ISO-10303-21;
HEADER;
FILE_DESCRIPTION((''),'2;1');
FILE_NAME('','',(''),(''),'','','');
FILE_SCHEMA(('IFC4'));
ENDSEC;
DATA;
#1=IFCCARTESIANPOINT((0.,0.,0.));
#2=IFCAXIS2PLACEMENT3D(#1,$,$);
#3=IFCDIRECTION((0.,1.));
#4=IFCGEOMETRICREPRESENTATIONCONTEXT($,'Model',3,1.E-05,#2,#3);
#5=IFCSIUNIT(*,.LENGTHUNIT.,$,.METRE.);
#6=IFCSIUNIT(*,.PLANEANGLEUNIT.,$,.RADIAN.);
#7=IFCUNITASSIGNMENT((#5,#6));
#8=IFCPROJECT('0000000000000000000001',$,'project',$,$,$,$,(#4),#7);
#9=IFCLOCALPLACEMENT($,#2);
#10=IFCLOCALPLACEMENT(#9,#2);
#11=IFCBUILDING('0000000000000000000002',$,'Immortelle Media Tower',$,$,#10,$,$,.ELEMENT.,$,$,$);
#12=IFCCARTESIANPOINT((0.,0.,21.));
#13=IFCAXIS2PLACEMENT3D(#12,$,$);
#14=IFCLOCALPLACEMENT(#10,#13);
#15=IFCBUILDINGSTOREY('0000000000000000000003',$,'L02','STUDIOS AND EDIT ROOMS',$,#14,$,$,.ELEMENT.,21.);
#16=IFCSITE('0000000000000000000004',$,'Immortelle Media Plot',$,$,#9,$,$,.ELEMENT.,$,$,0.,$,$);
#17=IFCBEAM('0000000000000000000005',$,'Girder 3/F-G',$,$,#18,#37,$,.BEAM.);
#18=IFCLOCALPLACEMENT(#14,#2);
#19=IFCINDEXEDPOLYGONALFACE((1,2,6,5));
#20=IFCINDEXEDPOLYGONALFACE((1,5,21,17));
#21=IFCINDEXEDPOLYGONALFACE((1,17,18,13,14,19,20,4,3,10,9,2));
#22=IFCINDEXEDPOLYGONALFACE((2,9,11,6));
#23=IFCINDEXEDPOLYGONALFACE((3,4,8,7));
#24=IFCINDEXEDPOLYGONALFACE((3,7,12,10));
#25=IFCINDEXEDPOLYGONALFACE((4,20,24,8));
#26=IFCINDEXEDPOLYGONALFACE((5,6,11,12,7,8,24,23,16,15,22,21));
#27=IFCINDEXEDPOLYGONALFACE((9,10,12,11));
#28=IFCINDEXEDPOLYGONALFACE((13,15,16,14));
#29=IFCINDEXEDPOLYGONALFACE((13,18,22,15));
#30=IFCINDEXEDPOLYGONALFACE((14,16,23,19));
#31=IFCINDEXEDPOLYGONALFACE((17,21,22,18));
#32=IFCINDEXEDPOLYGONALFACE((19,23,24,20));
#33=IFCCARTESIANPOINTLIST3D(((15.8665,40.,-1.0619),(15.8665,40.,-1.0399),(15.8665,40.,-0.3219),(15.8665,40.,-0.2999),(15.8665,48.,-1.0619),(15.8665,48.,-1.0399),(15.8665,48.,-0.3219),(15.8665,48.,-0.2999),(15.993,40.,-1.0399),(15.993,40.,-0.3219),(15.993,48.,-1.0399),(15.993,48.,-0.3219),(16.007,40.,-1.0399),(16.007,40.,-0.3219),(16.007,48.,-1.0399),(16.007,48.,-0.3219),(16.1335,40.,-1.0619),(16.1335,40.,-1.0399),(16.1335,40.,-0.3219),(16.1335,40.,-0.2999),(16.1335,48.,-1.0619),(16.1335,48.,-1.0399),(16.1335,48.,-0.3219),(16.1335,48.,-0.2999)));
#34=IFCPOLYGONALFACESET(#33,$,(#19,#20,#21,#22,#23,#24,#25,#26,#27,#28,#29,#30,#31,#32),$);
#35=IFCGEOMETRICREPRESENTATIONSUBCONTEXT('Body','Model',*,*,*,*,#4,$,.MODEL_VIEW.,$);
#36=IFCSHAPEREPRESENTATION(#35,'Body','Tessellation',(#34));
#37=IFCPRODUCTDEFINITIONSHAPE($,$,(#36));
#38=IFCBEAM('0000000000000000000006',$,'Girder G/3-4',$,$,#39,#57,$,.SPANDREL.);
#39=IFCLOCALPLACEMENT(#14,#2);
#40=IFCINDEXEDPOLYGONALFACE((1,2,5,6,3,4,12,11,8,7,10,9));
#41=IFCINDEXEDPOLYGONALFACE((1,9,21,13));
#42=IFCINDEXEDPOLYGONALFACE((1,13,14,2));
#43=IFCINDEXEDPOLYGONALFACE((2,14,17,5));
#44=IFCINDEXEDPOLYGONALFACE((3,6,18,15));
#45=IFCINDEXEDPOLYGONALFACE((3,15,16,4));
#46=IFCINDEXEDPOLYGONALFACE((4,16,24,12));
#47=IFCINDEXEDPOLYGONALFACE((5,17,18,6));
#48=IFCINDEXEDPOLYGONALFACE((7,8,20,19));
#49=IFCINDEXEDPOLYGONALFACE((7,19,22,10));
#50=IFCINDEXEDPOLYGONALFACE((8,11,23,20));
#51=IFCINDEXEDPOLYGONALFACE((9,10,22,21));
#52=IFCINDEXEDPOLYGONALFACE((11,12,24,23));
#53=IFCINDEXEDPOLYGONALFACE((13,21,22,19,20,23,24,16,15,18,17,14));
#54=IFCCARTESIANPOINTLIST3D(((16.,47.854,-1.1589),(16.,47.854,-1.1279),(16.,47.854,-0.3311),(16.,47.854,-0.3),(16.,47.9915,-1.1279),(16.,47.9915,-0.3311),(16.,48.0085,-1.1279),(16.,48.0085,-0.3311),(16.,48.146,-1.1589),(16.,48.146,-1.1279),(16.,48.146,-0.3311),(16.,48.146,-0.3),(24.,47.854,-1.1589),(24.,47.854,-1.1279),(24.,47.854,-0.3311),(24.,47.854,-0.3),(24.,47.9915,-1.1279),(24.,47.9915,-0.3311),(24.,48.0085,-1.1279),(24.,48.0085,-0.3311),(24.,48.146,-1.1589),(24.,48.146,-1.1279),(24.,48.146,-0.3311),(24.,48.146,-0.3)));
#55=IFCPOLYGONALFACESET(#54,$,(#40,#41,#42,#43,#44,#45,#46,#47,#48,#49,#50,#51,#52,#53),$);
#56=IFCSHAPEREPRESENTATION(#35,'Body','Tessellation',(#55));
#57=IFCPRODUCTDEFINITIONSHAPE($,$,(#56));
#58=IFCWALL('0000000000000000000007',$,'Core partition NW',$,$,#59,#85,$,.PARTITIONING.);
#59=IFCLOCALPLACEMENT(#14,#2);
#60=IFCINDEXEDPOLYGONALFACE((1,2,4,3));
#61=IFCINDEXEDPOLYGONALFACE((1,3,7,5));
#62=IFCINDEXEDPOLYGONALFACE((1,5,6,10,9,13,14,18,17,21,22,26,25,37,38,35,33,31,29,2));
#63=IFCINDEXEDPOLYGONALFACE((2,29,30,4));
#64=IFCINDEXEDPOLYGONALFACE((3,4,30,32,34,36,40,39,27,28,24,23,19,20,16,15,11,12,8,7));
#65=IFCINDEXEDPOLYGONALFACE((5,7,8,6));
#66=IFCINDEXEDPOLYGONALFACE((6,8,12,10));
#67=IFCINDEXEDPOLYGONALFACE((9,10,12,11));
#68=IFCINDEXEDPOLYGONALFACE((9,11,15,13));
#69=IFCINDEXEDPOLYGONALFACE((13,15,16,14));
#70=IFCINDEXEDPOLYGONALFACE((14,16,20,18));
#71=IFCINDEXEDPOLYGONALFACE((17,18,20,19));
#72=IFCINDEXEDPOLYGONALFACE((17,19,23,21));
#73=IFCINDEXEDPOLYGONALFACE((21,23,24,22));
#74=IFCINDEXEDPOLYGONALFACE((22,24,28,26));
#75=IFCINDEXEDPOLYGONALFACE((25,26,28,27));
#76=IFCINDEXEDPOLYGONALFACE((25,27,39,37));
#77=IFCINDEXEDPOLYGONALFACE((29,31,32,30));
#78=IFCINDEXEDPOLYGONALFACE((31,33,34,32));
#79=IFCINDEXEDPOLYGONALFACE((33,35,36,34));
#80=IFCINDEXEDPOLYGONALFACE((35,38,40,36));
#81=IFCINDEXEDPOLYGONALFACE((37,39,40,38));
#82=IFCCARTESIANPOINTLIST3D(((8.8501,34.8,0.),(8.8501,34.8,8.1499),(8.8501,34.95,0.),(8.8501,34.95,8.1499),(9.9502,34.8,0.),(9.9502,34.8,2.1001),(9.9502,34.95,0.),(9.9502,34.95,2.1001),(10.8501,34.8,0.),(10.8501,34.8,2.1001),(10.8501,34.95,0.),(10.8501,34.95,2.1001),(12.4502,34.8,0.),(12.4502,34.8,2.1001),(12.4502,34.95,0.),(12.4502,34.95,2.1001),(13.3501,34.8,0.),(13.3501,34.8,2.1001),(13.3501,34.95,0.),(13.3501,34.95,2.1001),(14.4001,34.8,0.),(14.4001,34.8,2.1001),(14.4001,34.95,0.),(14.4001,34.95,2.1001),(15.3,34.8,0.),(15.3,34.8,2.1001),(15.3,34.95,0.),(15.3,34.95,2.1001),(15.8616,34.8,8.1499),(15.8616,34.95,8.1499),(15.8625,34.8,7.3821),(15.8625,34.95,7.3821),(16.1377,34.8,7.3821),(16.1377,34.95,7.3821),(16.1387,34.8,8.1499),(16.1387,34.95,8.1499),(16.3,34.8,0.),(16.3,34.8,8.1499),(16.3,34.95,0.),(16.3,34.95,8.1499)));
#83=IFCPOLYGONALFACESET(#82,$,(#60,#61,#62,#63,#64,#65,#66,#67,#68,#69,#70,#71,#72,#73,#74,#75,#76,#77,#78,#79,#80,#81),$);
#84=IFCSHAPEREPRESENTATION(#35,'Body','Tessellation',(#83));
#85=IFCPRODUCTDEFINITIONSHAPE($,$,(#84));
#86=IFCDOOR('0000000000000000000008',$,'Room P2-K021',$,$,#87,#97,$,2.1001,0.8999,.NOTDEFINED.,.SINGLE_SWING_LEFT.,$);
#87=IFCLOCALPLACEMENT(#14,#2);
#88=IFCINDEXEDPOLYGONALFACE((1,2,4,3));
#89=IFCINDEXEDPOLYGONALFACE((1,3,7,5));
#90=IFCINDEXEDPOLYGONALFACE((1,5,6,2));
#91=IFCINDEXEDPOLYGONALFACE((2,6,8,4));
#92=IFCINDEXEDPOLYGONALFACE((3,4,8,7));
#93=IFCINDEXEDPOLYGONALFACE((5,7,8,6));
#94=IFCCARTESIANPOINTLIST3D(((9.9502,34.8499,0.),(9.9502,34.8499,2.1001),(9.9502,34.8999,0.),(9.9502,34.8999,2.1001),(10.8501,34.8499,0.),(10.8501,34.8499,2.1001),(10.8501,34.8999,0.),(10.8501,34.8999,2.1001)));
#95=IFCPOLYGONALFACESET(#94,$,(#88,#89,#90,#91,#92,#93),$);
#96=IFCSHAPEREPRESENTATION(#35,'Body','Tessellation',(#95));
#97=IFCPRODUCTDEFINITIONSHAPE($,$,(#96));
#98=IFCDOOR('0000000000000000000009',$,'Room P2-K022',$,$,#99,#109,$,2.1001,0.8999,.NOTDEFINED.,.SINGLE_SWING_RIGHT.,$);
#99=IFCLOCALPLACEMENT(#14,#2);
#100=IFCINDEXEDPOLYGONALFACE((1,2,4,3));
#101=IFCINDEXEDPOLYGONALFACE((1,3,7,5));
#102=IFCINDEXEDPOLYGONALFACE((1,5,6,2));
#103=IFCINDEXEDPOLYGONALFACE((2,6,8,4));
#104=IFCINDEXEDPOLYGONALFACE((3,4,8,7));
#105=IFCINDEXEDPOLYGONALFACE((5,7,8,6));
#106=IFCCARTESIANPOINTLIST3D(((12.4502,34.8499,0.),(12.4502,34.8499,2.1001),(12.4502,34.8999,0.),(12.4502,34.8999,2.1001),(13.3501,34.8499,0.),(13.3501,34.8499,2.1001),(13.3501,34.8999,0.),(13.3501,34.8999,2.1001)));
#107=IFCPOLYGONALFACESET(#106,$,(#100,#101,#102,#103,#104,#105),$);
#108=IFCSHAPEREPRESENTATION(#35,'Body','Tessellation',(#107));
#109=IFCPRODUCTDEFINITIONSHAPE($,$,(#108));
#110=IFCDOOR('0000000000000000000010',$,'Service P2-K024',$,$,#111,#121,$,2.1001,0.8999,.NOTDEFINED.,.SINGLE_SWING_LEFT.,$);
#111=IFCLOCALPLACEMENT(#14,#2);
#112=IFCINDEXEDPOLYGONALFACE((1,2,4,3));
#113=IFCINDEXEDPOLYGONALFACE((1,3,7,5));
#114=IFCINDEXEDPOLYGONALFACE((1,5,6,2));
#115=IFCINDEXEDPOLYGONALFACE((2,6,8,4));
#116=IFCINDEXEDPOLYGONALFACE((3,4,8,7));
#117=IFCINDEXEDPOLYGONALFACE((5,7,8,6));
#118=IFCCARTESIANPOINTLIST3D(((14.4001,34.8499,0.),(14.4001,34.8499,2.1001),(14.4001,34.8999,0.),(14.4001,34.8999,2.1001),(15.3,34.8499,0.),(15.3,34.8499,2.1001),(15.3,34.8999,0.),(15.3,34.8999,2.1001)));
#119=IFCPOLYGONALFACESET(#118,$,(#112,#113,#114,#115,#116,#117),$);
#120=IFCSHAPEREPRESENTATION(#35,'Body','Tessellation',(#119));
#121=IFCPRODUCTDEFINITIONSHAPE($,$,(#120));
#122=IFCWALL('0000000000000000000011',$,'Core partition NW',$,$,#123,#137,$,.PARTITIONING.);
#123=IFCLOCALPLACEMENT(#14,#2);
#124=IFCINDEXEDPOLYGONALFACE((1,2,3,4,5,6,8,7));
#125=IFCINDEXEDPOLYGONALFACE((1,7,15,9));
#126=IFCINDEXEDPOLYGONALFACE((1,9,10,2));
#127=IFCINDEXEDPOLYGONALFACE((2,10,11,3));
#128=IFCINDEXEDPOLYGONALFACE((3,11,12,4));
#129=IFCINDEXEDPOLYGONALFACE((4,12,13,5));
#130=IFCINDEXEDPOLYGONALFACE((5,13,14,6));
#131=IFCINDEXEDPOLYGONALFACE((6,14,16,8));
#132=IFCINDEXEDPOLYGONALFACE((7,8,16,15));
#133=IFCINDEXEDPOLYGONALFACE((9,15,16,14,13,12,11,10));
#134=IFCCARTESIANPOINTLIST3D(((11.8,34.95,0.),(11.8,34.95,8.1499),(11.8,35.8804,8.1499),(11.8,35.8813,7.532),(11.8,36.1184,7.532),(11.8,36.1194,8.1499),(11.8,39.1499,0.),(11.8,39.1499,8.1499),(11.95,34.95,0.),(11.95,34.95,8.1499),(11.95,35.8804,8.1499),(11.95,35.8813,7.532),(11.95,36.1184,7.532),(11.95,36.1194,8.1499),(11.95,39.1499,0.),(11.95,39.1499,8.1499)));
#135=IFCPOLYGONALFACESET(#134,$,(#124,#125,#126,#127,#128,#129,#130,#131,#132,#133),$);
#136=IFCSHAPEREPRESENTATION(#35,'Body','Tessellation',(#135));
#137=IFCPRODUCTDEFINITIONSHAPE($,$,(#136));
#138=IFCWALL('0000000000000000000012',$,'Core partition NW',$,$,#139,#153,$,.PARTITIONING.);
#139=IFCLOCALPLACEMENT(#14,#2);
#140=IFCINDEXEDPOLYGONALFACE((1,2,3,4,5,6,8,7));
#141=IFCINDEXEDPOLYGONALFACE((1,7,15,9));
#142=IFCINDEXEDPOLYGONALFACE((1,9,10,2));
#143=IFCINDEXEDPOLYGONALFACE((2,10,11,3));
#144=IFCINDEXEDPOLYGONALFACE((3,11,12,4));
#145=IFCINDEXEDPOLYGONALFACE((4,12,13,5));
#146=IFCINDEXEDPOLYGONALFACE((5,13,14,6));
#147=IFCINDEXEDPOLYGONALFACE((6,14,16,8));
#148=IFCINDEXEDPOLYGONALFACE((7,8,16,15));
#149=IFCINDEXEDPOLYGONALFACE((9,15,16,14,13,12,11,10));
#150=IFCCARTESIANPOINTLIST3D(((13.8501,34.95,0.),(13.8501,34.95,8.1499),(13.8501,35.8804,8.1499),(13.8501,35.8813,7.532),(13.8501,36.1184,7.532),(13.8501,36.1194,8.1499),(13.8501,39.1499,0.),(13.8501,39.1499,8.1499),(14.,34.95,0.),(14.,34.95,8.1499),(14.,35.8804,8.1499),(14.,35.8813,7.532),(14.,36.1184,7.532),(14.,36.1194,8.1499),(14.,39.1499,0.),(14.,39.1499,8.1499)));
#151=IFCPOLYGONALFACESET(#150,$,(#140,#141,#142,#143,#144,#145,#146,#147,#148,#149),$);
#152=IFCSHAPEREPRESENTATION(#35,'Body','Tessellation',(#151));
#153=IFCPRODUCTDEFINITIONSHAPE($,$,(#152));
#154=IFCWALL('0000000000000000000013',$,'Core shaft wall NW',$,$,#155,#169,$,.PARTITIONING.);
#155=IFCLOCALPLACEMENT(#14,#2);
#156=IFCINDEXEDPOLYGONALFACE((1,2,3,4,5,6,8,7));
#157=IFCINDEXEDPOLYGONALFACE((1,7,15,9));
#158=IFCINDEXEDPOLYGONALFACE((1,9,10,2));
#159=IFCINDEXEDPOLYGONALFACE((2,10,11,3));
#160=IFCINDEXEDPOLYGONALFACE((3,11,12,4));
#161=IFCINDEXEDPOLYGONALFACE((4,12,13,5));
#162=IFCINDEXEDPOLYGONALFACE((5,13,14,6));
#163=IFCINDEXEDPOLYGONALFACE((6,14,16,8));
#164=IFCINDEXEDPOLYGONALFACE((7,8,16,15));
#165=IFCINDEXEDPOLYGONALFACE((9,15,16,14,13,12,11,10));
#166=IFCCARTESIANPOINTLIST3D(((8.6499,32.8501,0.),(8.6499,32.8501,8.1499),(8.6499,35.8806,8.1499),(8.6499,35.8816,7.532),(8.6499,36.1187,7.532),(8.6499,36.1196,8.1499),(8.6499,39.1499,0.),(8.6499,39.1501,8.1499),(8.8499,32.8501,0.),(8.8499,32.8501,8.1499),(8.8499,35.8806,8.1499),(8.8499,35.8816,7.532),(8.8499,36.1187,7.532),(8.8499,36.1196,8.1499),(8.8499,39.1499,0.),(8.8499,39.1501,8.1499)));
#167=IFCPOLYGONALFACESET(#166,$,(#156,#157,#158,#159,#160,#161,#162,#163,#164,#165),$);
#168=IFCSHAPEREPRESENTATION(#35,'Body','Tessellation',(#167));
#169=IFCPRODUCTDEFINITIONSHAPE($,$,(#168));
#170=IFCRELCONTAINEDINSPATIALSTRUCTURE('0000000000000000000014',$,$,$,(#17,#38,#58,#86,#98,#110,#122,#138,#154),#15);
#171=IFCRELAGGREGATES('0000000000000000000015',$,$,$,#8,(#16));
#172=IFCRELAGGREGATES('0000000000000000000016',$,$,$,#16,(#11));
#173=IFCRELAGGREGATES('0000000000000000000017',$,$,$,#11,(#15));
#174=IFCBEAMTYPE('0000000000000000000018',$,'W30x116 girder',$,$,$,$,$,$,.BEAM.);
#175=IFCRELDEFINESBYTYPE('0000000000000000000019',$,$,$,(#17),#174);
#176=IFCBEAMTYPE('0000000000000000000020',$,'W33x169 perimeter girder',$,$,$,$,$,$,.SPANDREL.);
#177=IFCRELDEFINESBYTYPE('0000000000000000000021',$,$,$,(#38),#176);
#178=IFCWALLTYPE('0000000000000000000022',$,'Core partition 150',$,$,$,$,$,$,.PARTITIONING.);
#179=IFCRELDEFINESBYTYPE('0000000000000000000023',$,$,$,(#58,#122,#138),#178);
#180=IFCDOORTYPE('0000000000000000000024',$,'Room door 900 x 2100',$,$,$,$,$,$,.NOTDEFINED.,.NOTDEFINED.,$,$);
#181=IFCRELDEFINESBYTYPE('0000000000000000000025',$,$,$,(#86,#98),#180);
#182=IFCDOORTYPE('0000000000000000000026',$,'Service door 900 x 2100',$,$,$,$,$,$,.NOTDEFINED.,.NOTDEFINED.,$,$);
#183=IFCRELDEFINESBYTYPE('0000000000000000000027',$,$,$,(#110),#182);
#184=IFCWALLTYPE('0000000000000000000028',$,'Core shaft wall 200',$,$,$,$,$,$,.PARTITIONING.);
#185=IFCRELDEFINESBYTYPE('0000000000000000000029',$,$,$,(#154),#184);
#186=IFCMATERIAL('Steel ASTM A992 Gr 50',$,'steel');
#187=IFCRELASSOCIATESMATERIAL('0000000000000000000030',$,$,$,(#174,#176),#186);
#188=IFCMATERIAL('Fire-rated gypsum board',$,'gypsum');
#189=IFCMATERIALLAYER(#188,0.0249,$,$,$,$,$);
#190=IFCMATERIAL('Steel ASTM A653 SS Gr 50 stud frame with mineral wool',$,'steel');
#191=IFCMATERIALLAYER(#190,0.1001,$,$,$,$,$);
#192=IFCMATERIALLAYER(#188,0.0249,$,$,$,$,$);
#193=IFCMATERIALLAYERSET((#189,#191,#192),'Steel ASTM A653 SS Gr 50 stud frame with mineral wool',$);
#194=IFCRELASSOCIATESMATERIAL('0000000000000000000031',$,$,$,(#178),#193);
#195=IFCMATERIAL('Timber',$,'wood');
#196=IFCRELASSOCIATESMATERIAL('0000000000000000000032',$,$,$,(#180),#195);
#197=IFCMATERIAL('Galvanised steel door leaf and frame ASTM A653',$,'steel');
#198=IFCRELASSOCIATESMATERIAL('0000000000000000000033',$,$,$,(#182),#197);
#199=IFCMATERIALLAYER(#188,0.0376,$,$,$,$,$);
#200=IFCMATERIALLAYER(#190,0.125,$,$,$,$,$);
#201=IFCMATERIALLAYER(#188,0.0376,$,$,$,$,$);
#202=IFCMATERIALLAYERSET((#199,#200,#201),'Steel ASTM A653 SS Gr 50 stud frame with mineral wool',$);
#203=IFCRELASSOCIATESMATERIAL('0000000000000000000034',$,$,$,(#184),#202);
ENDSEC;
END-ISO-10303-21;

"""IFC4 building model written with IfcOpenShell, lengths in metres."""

from ifc_helpers import new_model, si_unit, direction, frame, frame_2d, origin, origin_2d, place, context, subcontext, project, spatial, polyline, rectangle, i_section, outline, extrude, material, layer, layer_set, material_profile, profile_set, type_object, element, fill, save


model = new_model("IFC4")

# Units and contexts
model_context = context("Model", 3, precision=1e-05, world=origin(), true_north=direction((0.0, 1.0)))
body_context = subcontext(model_context, "Body", "Model", "MODEL_VIEW")
ifc_project = project(units=[si_unit("LENGTHUNIT", "METRE"), si_unit("PLANEANGLEUNIT", "RADIAN")], contexts=[model_context])

# Site, building, storey
site_placement = place(None, origin())
site = spatial("IfcSite", under=ifc_project, at=site_placement, Name="Immortelle Media Plot", CompositionType="ELEMENT", RefElevation=0.0)
building_placement = place(site_placement, origin())
building = spatial("IfcBuilding", under=site, at=building_placement, Name="Immortelle Media Tower", CompositionType="ELEMENT")
storey_placement = place(building_placement, frame((0.0, 0.0, 21.0)))
storey = spatial("IfcBuildingStorey", under=building, at=storey_placement, Name="L02", Description="STUDIOS AND EDIT ROOMS", CompositionType="ELEMENT", Elevation=21.0)

# Shared definitions
ifc_material_1 = material(Name="Steel ASTM A992 Gr 50", Category="steel")

# Beams
ifc_material_profile_1 = material_profile(ifc_material_1, i_section(OverallWidth=0.2671, OverallDepth=0.762, WebThickness=0.0139, FlangeThickness=0.022, at=origin_2d()), Name="W30x116")
ifc_profile_set_1 = profile_set([ifc_material_profile_1], Name="Steel ASTM A992 Gr 50")
beam_type_1 = type_object("IfcBeamType", Name="W30x116 girder", PredefinedType="BEAM", material=ifc_profile_set_1)
for number, where, z_axis, x_axis, name in (
    (1, (16.0, 40.0, -0.6809), (0.0, 1.0, 0.0), (-1.0, 0.0, 0.0), "Girder 3/F-G"),
):
    element("IfcBeam", number, at=place(storey_placement, frame(where, z_axis=z_axis, x_axis=x_axis)), inside=storey, type_object=beam_type_1, Name=name, PredefinedType="BEAM", context=body_context, shape_type="SweptSolid", body=[
        extrude(i_section(OverallWidth=0.2671, OverallDepth=0.762, WebThickness=0.0139, FlangeThickness=0.022, at=origin_2d()), origin(), (0.0, 0.0, 1.0), 8.0),
    ])
ifc_material_profile_2 = material_profile(ifc_material_1, i_section(OverallWidth=0.292, OverallDepth=0.8589, WebThickness=0.0171, FlangeThickness=0.031, at=origin_2d()), Name="W33x169")
ifc_profile_set_2 = profile_set([ifc_material_profile_2], Name="Steel ASTM A992 Gr 50")
beam_type_2 = type_object("IfcBeamType", Name="W33x169 perimeter girder", PredefinedType="SPANDREL", material=ifc_profile_set_2)
beam_1_placement = place(storey_placement, frame((16.0, 48.0, -0.7295), z_axis=(1.0, 0.0, 0.0), x_axis=(0.0, 1.0, 0.0)))
element("IfcBeam", 2, at=beam_1_placement, inside=storey, type_object=beam_type_2, Name="Girder G/3-4", PredefinedType="SPANDREL", context=body_context, shape_type="SweptSolid", body=[
    extrude(i_section(OverallWidth=0.292, OverallDepth=0.8589, WebThickness=0.0171, FlangeThickness=0.031, at=origin_2d()), origin(), (0.0, 0.0, 1.0), 8.0),
])

# Wall, openings, doors
ifc_material_2 = material(Name="Fire-rated gypsum board", Category="gypsum")
ifc_layer_1 = layer(ifc_material_2, 0.0249)
ifc_material_3 = material(Name="Steel ASTM A653 SS Gr 50 stud frame with mineral wool", Category="steel")
ifc_layer_2 = layer(ifc_material_3, 0.1001)
ifc_layer_3 = layer(ifc_material_2, 0.0249)
ifc_layer_set_1 = layer_set([ifc_layer_1, ifc_layer_2, ifc_layer_3], Name="Steel ASTM A653 SS Gr 50 stud frame with mineral wool")
wall_type_1 = type_object("IfcWallType", Name="Core partition 150", PredefinedType="PARTITIONING", material=ifc_layer_set_1)
wall_1_placement = place(storey_placement, frame((8.8501, 34.875, 0.0), z_axis=(0.0, 0.0, 1.0), x_axis=(1.0, 0.0, 0.0)))
wall_1 = element("IfcWall", 3, at=wall_1_placement, inside=storey, type_object=wall_type_1, Name="Core partition NW", PredefinedType="PARTITIONING", context=body_context, shape_type="SweptSolid", body=[
    extrude(outline(polyline([(0.0, 0.0), (7.45, 0.0), (7.45, 8.1499), (7.2886, 8.1499), (7.2876, 7.3821), (7.0125, 7.3821), (7.0115, 8.1499), (0.0, 8.1499), (0.0, 0.0)])), frame((0.0, 0.075, 0.0), z_axis=(0.0, -1.0, 0.0), x_axis=(1.0, 0.0, 0.0)), (0.0, 0.0, 1.0), 0.1499),
])
opening_1_placement = place(wall_1_placement, frame((1.1001, 0.0, 0.0)))
opening_1 = element("IfcOpeningElement", 4, at=opening_1_placement, cuts=wall_1, PredefinedType="OPENING", context=body_context, shape_type="SweptSolid", body=[
    extrude(rectangle(XDim=0.8999, YDim=2.1001, at=frame_2d((0.45, 1.05))), frame((0.0, 0.085, 0.0), z_axis=(0.0, -1.0, 0.0), x_axis=(1.0, 0.0, 0.0)), (0.0, 0.0, 1.0), 0.1699),
])
opening_2_placement = place(wall_1_placement, frame((3.6001, 0.0, 0.0)))
opening_2 = element("IfcOpeningElement", 5, at=opening_2_placement, cuts=wall_1, PredefinedType="OPENING", context=body_context, shape_type="SweptSolid", body=[
    extrude(rectangle(XDim=0.8999, YDim=2.1001, at=frame_2d((0.45, 1.05))), frame((0.0, 0.085, 0.0), z_axis=(0.0, -1.0, 0.0), x_axis=(1.0, 0.0, 0.0)), (0.0, 0.0, 1.0), 0.1699),
])
opening_3_placement = place(wall_1_placement, frame((5.55, 0.0, 0.0)))
opening_3 = element("IfcOpeningElement", 6, at=opening_3_placement, cuts=wall_1, PredefinedType="OPENING", context=body_context, shape_type="SweptSolid", body=[
    extrude(rectangle(XDim=0.8999, YDim=2.1001, at=frame_2d((0.45, 1.05))), frame((0.0, 0.085, 0.0), z_axis=(0.0, -1.0, 0.0), x_axis=(1.0, 0.0, 0.0)), (0.0, 0.0, 1.0), 0.1699),
])
ifc_material_4 = material(Name="Timber", Category="wood")
door_type_1 = type_object("IfcDoorType", Name="Room door 900 x 2100", OperationType="NOTDEFINED", PredefinedType="NOTDEFINED", material=ifc_material_4)
door_1_placement = place(opening_1_placement, origin())
door_1 = element("IfcDoor", 7, at=door_1_placement, inside=storey, type_object=door_type_1, Name="Room P2-K021", OperationType="SINGLE_SWING_LEFT", OverallHeight=2.1001, OverallWidth=0.8999, PredefinedType="NOTDEFINED", context=body_context, shape_type="SweptSolid", body=[
    extrude(rectangle(XDim=0.8999, YDim=2.1001, at=frame_2d((0.45, 1.05))), frame((0.0, 0.0249, 0.0), z_axis=(0.0, -1.0, 0.0), x_axis=(1.0, 0.0, 0.0)), (0.0, 0.0, 1.0), 0.05),
])
fill(opening_1, door_1)
door_2_placement = place(opening_2_placement, origin())
door_2 = element("IfcDoor", 8, at=door_2_placement, inside=storey, type_object=door_type_1, Name="Room P2-K022", OperationType="SINGLE_SWING_RIGHT", OverallHeight=2.1001, OverallWidth=0.8999, PredefinedType="NOTDEFINED", context=body_context, shape_type="SweptSolid", body=[
    extrude(rectangle(XDim=0.8999, YDim=2.1001, at=frame_2d((0.45, 1.05))), frame((0.0, 0.0249, 0.0), z_axis=(0.0, -1.0, 0.0), x_axis=(1.0, 0.0, 0.0)), (0.0, 0.0, 1.0), 0.05),
])
fill(opening_2, door_2)
ifc_material_5 = material(Name="Galvanised steel door leaf and frame ASTM A653", Category="steel")
door_type_2 = type_object("IfcDoorType", Name="Service door 900 x 2100", OperationType="NOTDEFINED", PredefinedType="NOTDEFINED", material=ifc_material_5)
door_3_placement = place(opening_3_placement, origin())
door_3 = element("IfcDoor", 9, at=door_3_placement, inside=storey, type_object=door_type_2, Name="Service P2-K024", OperationType="SINGLE_SWING_LEFT", OverallHeight=2.1001, OverallWidth=0.8999, PredefinedType="NOTDEFINED", context=body_context, shape_type="SweptSolid", body=[
    extrude(rectangle(XDim=0.8999, YDim=2.1001, at=frame_2d((0.45, 1.05))), frame((0.0, 0.0249, 0.0), z_axis=(0.0, -1.0, 0.0), x_axis=(1.0, 0.0, 0.0)), (0.0, 0.0, 1.0), 0.05),
])
fill(opening_3, door_3)

# Walls
for number, where, z_axis, x_axis, name in (
    (10, (11.875, 34.95, 0.0), (0.0, 0.0, 1.0), (0.0, 1.0, 0.0), "Core partition NW"),
    (11, (13.925, 34.95, 0.0), (0.0, 0.0, 1.0), (0.0, 1.0, 0.0), "Core partition NW"),
):
    element("IfcWall", number, at=place(storey_placement, frame(where, z_axis=z_axis, x_axis=x_axis)), inside=storey, type_object=wall_type_1, Name=name, PredefinedType="PARTITIONING", context=body_context, shape_type="SweptSolid", body=[
        extrude(outline(polyline([(0.0, 0.0), (4.2, 0.0), (4.2, 8.1499), (1.1694, 8.1499), (1.1685, 7.532), (0.9314, 7.532), (0.9304, 8.1499), (0.0, 8.1499), (0.0, 0.0)])), frame((0.0, 0.075, 0.0), z_axis=(0.0, -1.0, 0.0), x_axis=(1.0, 0.0, 0.0)), (0.0, 0.0, 1.0), 0.1499),
    ])
ifc_layer_4 = layer(ifc_material_2, 0.0376)
ifc_layer_5 = layer(ifc_material_3, 0.125)
ifc_layer_6 = layer(ifc_material_2, 0.0376)
ifc_layer_set_2 = layer_set([ifc_layer_4, ifc_layer_5, ifc_layer_6], Name="Steel ASTM A653 SS Gr 50 stud frame with mineral wool")
wall_type_2 = type_object("IfcWallType", Name="Core shaft wall 200", PredefinedType="PARTITIONING", material=ifc_layer_set_2)
wall_2_placement = place(storey_placement, frame((8.75, 32.8501, 0.0), z_axis=(0.0, 0.0, 1.0), x_axis=(0.0, 1.0, 0.0)))
element("IfcWall", 12, at=wall_2_placement, inside=storey, type_object=wall_type_2, Name="Core shaft wall NW", PredefinedType="PARTITIONING", context=body_context, shape_type="SweptSolid", body=[
    extrude(outline(polyline([(0.0, 0.0), (6.2998, 0.0), (6.3, 8.1499), (3.2695, 8.1499), (3.2686, 7.532), (3.0315, 7.532), (3.0305, 8.1499), (0.0, 8.1499), (0.0, 0.0)])), frame((0.0, 0.1001, 0.0), z_axis=(0.0, -1.0, 0.0), x_axis=(1.0, 0.0, 0.0)), (0.0, 0.0, 1.0), 0.2),
])

save(model, "model.ifc")
